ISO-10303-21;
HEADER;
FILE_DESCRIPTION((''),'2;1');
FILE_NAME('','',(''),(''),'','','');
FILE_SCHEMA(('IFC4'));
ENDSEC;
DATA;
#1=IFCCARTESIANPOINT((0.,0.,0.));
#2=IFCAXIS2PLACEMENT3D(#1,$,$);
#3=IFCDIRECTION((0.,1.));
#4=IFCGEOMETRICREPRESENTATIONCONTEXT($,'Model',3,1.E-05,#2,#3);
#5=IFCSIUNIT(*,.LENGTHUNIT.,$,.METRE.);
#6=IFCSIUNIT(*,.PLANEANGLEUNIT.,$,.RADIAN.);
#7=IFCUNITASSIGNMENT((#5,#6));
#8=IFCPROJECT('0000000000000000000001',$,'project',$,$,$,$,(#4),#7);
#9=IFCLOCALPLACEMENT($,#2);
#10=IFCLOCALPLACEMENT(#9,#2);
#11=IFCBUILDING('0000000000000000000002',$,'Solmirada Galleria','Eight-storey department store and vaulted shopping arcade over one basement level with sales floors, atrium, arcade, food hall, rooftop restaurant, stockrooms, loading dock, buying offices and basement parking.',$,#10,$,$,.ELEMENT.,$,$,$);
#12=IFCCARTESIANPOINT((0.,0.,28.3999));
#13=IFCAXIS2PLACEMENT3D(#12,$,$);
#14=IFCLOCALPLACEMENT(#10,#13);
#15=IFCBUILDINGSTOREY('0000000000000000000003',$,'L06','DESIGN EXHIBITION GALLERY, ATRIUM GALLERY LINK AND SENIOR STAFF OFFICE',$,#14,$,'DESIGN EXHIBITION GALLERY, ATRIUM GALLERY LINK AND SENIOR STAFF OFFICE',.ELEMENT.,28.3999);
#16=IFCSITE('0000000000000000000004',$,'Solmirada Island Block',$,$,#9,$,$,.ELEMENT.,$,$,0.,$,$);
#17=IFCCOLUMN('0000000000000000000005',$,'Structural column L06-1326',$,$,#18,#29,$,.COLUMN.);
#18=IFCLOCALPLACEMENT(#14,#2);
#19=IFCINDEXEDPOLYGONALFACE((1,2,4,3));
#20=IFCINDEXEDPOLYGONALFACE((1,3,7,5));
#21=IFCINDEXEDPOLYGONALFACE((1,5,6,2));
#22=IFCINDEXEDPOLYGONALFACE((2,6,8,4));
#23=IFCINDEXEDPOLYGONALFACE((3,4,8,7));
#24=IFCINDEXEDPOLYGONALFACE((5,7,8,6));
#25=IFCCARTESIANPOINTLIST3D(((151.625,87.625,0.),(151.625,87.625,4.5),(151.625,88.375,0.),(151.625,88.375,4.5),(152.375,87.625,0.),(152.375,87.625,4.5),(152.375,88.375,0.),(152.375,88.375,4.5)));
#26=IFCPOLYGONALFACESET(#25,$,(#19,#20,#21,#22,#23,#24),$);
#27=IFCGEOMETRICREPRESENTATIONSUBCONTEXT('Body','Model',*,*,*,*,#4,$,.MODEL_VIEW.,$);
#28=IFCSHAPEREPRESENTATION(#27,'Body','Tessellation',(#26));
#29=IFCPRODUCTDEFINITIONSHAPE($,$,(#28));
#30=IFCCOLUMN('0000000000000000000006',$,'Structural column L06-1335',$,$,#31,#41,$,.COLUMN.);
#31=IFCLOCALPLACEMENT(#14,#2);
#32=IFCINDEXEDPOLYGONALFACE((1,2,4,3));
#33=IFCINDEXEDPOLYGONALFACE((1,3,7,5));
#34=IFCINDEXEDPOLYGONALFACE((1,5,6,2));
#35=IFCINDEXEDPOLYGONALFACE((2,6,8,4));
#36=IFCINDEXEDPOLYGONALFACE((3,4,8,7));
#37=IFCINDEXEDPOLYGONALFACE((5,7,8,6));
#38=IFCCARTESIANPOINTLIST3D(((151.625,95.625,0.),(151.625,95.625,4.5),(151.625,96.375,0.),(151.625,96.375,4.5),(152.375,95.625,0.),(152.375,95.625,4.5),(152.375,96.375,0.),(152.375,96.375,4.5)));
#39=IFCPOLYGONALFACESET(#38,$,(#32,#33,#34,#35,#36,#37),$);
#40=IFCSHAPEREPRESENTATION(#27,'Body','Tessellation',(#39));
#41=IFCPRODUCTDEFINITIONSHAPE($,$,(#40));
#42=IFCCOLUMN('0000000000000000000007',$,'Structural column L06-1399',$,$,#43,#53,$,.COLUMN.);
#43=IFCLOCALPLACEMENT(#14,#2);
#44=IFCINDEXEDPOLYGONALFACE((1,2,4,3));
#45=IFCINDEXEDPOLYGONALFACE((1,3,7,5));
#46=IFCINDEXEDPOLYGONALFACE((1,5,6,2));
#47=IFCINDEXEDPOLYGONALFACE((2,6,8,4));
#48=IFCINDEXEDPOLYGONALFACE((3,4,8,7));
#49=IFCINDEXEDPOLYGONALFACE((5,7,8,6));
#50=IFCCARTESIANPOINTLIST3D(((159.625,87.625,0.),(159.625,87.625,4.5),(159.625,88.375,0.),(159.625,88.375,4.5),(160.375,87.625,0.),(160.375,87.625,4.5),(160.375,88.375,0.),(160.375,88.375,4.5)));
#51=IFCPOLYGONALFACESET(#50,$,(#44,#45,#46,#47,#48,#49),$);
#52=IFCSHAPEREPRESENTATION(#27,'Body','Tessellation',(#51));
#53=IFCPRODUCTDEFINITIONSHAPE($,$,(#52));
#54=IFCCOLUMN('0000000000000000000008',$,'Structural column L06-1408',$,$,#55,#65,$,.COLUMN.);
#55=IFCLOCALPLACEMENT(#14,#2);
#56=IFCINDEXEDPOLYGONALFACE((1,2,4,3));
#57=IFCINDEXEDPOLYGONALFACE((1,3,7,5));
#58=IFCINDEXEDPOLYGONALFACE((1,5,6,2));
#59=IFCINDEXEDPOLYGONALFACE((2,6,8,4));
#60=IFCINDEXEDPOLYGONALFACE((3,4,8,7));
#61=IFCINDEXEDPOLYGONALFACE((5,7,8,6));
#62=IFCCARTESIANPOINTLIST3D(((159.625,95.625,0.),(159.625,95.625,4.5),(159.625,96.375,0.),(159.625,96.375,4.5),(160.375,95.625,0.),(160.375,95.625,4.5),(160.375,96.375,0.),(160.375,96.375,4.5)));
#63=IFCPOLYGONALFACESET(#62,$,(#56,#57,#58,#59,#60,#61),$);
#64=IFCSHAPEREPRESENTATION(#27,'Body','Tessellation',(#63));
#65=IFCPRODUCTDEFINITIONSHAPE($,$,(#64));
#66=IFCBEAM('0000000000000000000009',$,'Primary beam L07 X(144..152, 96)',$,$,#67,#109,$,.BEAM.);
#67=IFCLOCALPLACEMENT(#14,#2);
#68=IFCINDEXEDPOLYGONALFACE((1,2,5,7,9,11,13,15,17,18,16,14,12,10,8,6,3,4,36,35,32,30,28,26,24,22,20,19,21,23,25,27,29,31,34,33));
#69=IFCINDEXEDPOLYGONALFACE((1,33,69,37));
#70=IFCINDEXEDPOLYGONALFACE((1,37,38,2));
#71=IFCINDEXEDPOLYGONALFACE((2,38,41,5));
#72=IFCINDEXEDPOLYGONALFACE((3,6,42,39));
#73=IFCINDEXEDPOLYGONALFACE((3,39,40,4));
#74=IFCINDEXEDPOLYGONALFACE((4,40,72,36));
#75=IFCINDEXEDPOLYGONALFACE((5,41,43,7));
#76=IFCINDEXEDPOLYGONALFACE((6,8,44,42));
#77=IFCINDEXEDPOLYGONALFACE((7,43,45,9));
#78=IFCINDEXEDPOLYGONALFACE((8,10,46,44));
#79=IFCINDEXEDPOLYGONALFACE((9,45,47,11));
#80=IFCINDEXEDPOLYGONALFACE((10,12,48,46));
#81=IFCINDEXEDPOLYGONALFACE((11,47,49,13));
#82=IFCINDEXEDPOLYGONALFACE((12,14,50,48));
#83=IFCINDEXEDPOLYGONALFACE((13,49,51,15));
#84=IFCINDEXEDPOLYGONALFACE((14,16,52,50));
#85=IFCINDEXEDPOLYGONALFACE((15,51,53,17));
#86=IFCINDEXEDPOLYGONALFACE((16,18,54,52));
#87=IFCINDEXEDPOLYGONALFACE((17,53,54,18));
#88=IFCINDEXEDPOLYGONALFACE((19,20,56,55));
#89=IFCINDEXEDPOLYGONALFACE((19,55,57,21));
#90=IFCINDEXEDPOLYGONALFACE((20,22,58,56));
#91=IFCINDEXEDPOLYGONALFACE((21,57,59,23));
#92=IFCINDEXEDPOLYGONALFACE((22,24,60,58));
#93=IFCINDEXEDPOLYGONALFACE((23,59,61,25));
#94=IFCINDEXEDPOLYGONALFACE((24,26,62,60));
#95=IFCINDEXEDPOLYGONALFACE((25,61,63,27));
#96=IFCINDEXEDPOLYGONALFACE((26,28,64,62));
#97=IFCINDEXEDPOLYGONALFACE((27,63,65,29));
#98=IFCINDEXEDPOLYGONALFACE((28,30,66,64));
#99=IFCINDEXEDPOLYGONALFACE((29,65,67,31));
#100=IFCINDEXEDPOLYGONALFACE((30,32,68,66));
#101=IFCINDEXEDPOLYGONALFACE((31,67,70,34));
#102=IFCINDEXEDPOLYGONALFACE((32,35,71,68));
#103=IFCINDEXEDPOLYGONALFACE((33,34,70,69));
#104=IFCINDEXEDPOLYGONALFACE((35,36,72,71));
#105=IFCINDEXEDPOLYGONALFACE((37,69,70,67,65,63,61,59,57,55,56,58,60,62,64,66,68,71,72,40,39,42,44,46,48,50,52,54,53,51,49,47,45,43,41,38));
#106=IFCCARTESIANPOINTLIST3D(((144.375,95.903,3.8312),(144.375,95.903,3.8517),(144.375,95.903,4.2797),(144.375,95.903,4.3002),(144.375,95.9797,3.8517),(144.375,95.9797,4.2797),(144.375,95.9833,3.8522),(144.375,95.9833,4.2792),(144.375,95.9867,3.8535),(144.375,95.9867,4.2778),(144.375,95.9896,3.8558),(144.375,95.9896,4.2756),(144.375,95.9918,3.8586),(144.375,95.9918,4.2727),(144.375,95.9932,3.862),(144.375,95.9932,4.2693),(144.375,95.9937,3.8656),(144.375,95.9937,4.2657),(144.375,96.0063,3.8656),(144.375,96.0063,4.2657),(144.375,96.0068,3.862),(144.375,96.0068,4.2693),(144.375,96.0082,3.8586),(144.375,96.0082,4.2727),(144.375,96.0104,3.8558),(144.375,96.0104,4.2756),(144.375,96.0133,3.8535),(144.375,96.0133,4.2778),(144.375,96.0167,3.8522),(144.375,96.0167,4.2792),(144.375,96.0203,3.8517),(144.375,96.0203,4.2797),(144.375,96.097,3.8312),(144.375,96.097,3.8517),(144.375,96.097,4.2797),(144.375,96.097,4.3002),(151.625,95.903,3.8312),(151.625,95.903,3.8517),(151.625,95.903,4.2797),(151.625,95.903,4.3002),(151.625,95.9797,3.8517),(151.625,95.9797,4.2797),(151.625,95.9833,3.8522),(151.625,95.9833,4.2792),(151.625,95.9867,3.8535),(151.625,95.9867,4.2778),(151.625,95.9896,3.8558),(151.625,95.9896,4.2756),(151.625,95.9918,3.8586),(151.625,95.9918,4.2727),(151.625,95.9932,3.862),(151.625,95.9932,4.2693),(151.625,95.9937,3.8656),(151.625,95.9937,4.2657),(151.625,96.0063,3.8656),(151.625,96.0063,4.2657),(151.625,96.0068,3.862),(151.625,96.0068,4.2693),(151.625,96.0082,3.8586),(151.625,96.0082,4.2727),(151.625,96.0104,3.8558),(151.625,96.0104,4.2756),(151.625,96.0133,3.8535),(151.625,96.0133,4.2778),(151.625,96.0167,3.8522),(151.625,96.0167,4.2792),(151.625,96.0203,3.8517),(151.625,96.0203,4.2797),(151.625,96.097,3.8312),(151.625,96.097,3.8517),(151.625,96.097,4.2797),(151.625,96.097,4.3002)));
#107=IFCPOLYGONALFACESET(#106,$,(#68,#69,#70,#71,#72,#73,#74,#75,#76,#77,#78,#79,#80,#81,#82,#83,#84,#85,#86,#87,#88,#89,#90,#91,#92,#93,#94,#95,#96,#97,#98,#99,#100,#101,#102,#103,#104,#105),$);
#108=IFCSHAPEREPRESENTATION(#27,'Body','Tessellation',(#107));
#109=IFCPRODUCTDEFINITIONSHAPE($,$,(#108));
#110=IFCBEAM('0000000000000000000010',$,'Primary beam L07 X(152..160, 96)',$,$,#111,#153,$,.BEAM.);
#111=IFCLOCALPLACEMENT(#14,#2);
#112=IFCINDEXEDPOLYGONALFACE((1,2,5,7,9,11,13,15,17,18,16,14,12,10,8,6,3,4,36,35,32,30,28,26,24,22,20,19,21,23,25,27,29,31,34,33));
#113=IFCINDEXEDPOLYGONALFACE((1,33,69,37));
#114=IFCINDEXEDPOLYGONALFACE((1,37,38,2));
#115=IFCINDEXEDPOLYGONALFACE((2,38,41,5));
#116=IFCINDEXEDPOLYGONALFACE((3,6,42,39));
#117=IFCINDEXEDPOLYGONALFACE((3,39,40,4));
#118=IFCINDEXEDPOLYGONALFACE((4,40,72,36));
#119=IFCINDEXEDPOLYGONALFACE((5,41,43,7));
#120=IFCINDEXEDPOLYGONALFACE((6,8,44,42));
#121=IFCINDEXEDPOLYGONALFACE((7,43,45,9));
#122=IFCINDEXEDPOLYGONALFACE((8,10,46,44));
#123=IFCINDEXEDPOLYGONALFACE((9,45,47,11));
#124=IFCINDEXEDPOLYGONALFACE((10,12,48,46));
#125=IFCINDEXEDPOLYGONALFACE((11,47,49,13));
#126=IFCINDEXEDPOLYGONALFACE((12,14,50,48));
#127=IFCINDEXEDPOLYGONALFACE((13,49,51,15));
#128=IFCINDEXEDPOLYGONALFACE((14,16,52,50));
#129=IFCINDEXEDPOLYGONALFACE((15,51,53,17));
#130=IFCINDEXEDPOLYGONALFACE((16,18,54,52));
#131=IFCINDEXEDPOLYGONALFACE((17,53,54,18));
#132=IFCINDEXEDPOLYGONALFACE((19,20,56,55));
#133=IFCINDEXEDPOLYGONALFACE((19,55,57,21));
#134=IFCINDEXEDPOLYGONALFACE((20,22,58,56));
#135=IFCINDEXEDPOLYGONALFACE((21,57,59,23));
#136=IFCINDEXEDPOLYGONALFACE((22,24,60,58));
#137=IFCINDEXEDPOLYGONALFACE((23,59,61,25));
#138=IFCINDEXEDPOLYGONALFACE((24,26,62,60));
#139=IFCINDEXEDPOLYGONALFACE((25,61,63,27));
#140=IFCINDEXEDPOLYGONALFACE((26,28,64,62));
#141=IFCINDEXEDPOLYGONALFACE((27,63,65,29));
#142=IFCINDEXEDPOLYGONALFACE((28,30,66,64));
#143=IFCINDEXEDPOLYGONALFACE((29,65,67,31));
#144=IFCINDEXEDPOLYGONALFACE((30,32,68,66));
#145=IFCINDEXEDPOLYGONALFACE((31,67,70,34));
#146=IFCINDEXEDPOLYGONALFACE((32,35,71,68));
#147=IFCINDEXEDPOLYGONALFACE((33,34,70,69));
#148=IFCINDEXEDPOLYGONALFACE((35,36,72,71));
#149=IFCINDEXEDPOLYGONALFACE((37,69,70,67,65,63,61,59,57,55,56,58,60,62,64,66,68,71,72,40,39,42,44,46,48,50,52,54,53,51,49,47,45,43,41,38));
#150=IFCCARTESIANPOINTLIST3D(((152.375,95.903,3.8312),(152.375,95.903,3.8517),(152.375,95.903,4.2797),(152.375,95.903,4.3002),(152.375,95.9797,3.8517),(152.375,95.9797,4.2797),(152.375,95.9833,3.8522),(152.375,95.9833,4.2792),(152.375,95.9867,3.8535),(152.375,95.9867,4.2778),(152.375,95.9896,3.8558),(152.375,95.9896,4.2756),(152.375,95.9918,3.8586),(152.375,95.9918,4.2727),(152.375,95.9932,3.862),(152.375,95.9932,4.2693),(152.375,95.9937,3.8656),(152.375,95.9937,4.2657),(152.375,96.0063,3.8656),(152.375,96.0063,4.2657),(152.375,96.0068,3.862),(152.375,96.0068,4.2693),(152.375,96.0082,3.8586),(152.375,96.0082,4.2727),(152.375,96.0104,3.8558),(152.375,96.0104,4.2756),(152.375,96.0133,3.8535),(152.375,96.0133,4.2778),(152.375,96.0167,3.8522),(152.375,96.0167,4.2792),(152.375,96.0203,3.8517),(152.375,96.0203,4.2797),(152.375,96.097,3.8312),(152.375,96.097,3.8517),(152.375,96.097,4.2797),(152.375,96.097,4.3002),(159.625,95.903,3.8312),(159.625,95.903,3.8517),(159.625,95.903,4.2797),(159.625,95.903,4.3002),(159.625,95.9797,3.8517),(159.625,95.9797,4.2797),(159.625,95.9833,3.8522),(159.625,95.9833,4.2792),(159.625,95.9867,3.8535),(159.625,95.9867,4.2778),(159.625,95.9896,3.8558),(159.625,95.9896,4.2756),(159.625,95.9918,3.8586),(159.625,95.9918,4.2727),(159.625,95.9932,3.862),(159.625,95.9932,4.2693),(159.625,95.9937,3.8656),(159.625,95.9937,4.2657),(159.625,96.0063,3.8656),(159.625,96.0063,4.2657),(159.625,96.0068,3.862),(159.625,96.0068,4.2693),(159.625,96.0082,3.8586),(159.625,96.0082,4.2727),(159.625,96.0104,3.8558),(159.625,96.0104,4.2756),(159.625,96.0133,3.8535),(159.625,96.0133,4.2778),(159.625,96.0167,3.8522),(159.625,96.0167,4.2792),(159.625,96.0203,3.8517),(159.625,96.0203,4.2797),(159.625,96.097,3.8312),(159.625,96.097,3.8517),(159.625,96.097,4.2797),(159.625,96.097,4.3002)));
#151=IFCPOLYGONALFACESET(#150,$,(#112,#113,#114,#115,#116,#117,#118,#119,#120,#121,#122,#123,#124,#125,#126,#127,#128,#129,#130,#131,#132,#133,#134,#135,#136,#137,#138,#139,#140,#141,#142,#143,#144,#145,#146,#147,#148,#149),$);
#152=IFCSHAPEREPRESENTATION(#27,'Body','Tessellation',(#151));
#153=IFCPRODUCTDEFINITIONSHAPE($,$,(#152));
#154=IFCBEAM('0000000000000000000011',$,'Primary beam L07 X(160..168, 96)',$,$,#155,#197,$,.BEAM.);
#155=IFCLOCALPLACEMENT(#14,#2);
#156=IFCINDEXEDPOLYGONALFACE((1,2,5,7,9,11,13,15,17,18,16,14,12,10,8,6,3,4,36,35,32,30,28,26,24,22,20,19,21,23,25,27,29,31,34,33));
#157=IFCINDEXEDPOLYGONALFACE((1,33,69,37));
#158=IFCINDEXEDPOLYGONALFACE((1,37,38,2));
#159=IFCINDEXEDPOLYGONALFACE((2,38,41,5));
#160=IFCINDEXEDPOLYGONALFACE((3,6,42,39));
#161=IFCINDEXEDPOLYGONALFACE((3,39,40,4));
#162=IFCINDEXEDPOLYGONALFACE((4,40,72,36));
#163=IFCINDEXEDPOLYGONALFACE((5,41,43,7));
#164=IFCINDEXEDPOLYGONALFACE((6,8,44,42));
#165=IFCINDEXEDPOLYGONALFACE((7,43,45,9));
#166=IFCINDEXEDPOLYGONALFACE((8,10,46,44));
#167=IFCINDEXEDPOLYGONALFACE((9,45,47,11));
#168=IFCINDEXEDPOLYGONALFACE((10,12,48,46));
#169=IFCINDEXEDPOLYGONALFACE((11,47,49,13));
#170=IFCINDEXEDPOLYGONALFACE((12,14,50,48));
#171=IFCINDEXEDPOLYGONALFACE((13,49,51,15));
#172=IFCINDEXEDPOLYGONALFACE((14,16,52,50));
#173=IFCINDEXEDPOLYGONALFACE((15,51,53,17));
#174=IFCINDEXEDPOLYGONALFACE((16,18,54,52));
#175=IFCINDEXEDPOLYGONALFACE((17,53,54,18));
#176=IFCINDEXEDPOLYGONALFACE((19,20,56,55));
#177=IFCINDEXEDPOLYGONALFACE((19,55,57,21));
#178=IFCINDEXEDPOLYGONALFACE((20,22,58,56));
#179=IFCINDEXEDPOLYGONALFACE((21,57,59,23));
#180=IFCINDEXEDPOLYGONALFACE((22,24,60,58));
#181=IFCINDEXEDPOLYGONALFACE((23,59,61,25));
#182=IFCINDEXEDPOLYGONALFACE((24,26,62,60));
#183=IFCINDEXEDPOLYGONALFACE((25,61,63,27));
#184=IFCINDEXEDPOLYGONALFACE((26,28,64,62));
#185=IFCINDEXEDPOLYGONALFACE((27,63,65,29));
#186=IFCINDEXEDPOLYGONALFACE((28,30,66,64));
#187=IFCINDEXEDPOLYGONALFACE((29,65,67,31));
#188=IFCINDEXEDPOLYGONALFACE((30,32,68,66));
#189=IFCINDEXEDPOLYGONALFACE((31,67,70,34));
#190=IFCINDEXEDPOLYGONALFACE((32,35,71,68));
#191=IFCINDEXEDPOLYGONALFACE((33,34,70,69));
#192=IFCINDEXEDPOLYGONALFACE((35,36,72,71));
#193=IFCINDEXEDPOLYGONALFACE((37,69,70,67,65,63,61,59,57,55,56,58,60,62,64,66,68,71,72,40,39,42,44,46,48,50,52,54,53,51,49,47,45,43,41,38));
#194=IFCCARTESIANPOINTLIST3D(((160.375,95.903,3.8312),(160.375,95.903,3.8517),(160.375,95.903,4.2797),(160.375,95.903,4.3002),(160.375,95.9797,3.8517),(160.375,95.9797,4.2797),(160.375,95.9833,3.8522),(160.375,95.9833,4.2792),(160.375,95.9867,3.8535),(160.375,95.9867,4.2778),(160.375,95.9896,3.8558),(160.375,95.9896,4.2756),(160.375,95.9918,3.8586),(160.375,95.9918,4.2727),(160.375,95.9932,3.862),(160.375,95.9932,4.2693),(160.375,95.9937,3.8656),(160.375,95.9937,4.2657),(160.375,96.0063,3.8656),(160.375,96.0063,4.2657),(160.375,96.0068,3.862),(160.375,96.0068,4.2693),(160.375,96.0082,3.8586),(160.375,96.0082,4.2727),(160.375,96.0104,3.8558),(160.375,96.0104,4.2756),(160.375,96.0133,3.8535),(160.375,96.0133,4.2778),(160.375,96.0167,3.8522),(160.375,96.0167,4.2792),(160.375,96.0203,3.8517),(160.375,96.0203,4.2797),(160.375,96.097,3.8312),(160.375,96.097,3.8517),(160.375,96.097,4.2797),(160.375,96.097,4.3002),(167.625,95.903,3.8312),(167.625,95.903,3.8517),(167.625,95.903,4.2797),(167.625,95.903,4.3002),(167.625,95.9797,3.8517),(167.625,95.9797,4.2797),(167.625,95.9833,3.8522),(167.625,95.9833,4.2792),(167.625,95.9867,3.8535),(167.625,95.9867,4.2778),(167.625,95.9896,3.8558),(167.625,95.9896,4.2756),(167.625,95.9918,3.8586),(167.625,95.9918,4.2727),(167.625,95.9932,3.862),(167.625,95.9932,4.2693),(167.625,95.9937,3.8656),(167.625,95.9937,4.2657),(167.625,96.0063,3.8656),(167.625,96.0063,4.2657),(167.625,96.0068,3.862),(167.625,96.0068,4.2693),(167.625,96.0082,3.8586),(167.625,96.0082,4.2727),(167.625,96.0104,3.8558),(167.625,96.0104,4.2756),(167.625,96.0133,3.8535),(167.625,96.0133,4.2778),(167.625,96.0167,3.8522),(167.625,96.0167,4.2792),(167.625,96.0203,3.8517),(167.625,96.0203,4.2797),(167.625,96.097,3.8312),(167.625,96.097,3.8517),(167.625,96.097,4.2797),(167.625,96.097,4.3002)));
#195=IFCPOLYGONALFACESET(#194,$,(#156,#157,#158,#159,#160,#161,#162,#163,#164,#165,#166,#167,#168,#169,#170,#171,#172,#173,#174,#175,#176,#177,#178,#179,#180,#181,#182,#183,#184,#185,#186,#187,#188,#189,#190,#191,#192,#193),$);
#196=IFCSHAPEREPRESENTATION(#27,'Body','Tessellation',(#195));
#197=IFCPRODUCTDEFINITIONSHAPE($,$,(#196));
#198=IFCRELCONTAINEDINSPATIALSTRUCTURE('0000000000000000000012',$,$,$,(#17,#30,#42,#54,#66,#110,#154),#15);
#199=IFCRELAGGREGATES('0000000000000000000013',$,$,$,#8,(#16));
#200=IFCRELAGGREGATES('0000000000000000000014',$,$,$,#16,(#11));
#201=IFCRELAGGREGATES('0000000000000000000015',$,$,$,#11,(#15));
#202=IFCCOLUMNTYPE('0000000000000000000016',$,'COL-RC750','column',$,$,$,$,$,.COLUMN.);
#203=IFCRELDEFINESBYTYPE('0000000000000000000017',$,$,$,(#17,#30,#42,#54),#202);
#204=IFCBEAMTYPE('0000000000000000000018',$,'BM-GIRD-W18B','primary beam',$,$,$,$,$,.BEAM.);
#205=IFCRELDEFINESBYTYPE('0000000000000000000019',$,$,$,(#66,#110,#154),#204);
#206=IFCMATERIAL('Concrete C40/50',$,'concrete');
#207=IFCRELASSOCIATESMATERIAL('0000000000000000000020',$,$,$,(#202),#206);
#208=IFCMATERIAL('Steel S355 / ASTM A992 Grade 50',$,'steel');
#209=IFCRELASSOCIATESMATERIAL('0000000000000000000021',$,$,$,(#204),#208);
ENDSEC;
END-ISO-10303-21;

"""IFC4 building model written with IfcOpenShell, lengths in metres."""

from ifc_helpers import new_model, si_unit, direction, frame, origin, origin_2d, place, context, subcontext, project, spatial, rectangle, i_section, extrude, material, material_profile, profile_set, type_object, element, save


model = new_model("IFC4")

# Units and contexts
model_context = context("Model", 3, precision=1e-05, world=origin(), true_north=direction((0.0, 1.0)))
body_context = subcontext(model_context, "Body", "Model", "MODEL_VIEW")
ifc_project = project(units=[si_unit("LENGTHUNIT", "METRE"), si_unit("PLANEANGLEUNIT", "RADIAN")], contexts=[model_context])

# Site, building, storey
site_placement = place(None, origin())
site = spatial("IfcSite", under=ifc_project, at=site_placement, Name="Solmirada Island Block", CompositionType="ELEMENT", RefElevation=0.0)
building_placement = place(site_placement, origin())
building = spatial("IfcBuilding", under=site, at=building_placement, Name="Solmirada Galleria", Description="Eight-storey department store and vaulted shopping arcade over one basement level with sales floors, atrium, arcade, food hall, rooftop restaurant, stockrooms, loading dock, buying offices and basement parking.", CompositionType="ELEMENT")
storey_placement = place(building_placement, frame((0.0, 0.0, 28.3999)))
storey = spatial("IfcBuildingStorey", under=building, at=storey_placement, Name="L06", Description="DESIGN EXHIBITION GALLERY, ATRIUM GALLERY LINK AND SENIOR STAFF OFFICE", LongName="DESIGN EXHIBITION GALLERY, ATRIUM GALLERY LINK AND SENIOR STAFF OFFICE", CompositionType="ELEMENT", Elevation=28.3999)

# Columns
ifc_material_1 = material(Name="Concrete C40/50", Category="concrete")
ifc_material_profile_1 = material_profile(ifc_material_1, rectangle(XDim=0.75, YDim=0.75, at=origin_2d()), Name="RC750X750")
ifc_profile_set_1 = profile_set([ifc_material_profile_1], Name="Concrete C40/50")
column_type = type_object("IfcColumnType", Name="COL-RC750", Description="column", PredefinedType="COLUMN", material=ifc_profile_set_1)
for number, where, z_axis, x_axis, name in (
    (1, (152.0, 88.0, 0.0), (0.0, 0.0, 1.0), (1.0, 0.0, 0.0), "Structural column L06-1326"),
    (2, (152.0, 96.0, 0.0), (0.0, 0.0, 1.0), (1.0, 0.0, 0.0), "Structural column L06-1335"),
    (3, (160.0, 88.0, 0.0), (0.0, 0.0, 1.0), (1.0, 0.0, 0.0), "Structural column L06-1399"),
    (4, (160.0, 96.0, 0.0), (0.0, 0.0, 1.0), (1.0, 0.0, 0.0), "Structural column L06-1408"),
):
    element("IfcColumn", number, at=place(storey_placement, frame(where, z_axis=z_axis, x_axis=x_axis)), inside=storey, type_object=column_type, Name=name, PredefinedType="COLUMN", context=body_context, shape_type="SweptSolid", body=[
        extrude(rectangle(XDim=0.75, YDim=0.75, at=origin_2d()), origin(), (0.0, 0.0, 1.0), 4.5),
    ])

# Beams
ifc_material_2 = material(Name="Steel S355 / ASTM A992 Grade 50", Category="steel")
ifc_material_profile_2 = material_profile(ifc_material_2, i_section(OverallWidth=0.1941, OverallDepth=0.469, WebThickness=0.0127, FlangeThickness=0.0205, FilletRadius=0.0139, at=origin_2d()), Name="W18X71")
ifc_profile_set_2 = profile_set([ifc_material_profile_2], Name="Steel S355 / ASTM A992 Grade 50")
beam_type_1 = type_object("IfcBeamType", Name="BM-GIRD-W18B", Description="primary beam", PredefinedType="BEAM", material=ifc_profile_set_2)
for number, where, z_axis, x_axis, name in (
    (5, (144.375, 96.0, 4.0657), (1.0, 0.0, 0.0), (0.0, 1.0, 0.0), "Primary beam L07 X(144..152, 96)"),
    (6, (152.375, 96.0, 4.0657), (1.0, 0.0, 0.0), (0.0, 1.0, 0.0), "Primary beam L07 X(152..160, 96)"),
    (7, (160.375, 96.0, 4.0657), (1.0, 0.0, 0.0), (0.0, 1.0, 0.0), "Primary beam L07 X(160..168, 96)"),
):
    element("IfcBeam", number, at=place(storey_placement, frame(where, z_axis=z_axis, x_axis=x_axis)), inside=storey, type_object=beam_type_1, Name=name, PredefinedType="BEAM", context=body_context, shape_type="SweptSolid", body=[
        extrude(i_section(OverallWidth=0.1941, OverallDepth=0.469, WebThickness=0.0127, FlangeThickness=0.0205, FilletRadius=0.0139, at=origin_2d()), origin(), (0.0, 0.0, 1.0), 7.25),
    ])

save(model, "model.ifc")
